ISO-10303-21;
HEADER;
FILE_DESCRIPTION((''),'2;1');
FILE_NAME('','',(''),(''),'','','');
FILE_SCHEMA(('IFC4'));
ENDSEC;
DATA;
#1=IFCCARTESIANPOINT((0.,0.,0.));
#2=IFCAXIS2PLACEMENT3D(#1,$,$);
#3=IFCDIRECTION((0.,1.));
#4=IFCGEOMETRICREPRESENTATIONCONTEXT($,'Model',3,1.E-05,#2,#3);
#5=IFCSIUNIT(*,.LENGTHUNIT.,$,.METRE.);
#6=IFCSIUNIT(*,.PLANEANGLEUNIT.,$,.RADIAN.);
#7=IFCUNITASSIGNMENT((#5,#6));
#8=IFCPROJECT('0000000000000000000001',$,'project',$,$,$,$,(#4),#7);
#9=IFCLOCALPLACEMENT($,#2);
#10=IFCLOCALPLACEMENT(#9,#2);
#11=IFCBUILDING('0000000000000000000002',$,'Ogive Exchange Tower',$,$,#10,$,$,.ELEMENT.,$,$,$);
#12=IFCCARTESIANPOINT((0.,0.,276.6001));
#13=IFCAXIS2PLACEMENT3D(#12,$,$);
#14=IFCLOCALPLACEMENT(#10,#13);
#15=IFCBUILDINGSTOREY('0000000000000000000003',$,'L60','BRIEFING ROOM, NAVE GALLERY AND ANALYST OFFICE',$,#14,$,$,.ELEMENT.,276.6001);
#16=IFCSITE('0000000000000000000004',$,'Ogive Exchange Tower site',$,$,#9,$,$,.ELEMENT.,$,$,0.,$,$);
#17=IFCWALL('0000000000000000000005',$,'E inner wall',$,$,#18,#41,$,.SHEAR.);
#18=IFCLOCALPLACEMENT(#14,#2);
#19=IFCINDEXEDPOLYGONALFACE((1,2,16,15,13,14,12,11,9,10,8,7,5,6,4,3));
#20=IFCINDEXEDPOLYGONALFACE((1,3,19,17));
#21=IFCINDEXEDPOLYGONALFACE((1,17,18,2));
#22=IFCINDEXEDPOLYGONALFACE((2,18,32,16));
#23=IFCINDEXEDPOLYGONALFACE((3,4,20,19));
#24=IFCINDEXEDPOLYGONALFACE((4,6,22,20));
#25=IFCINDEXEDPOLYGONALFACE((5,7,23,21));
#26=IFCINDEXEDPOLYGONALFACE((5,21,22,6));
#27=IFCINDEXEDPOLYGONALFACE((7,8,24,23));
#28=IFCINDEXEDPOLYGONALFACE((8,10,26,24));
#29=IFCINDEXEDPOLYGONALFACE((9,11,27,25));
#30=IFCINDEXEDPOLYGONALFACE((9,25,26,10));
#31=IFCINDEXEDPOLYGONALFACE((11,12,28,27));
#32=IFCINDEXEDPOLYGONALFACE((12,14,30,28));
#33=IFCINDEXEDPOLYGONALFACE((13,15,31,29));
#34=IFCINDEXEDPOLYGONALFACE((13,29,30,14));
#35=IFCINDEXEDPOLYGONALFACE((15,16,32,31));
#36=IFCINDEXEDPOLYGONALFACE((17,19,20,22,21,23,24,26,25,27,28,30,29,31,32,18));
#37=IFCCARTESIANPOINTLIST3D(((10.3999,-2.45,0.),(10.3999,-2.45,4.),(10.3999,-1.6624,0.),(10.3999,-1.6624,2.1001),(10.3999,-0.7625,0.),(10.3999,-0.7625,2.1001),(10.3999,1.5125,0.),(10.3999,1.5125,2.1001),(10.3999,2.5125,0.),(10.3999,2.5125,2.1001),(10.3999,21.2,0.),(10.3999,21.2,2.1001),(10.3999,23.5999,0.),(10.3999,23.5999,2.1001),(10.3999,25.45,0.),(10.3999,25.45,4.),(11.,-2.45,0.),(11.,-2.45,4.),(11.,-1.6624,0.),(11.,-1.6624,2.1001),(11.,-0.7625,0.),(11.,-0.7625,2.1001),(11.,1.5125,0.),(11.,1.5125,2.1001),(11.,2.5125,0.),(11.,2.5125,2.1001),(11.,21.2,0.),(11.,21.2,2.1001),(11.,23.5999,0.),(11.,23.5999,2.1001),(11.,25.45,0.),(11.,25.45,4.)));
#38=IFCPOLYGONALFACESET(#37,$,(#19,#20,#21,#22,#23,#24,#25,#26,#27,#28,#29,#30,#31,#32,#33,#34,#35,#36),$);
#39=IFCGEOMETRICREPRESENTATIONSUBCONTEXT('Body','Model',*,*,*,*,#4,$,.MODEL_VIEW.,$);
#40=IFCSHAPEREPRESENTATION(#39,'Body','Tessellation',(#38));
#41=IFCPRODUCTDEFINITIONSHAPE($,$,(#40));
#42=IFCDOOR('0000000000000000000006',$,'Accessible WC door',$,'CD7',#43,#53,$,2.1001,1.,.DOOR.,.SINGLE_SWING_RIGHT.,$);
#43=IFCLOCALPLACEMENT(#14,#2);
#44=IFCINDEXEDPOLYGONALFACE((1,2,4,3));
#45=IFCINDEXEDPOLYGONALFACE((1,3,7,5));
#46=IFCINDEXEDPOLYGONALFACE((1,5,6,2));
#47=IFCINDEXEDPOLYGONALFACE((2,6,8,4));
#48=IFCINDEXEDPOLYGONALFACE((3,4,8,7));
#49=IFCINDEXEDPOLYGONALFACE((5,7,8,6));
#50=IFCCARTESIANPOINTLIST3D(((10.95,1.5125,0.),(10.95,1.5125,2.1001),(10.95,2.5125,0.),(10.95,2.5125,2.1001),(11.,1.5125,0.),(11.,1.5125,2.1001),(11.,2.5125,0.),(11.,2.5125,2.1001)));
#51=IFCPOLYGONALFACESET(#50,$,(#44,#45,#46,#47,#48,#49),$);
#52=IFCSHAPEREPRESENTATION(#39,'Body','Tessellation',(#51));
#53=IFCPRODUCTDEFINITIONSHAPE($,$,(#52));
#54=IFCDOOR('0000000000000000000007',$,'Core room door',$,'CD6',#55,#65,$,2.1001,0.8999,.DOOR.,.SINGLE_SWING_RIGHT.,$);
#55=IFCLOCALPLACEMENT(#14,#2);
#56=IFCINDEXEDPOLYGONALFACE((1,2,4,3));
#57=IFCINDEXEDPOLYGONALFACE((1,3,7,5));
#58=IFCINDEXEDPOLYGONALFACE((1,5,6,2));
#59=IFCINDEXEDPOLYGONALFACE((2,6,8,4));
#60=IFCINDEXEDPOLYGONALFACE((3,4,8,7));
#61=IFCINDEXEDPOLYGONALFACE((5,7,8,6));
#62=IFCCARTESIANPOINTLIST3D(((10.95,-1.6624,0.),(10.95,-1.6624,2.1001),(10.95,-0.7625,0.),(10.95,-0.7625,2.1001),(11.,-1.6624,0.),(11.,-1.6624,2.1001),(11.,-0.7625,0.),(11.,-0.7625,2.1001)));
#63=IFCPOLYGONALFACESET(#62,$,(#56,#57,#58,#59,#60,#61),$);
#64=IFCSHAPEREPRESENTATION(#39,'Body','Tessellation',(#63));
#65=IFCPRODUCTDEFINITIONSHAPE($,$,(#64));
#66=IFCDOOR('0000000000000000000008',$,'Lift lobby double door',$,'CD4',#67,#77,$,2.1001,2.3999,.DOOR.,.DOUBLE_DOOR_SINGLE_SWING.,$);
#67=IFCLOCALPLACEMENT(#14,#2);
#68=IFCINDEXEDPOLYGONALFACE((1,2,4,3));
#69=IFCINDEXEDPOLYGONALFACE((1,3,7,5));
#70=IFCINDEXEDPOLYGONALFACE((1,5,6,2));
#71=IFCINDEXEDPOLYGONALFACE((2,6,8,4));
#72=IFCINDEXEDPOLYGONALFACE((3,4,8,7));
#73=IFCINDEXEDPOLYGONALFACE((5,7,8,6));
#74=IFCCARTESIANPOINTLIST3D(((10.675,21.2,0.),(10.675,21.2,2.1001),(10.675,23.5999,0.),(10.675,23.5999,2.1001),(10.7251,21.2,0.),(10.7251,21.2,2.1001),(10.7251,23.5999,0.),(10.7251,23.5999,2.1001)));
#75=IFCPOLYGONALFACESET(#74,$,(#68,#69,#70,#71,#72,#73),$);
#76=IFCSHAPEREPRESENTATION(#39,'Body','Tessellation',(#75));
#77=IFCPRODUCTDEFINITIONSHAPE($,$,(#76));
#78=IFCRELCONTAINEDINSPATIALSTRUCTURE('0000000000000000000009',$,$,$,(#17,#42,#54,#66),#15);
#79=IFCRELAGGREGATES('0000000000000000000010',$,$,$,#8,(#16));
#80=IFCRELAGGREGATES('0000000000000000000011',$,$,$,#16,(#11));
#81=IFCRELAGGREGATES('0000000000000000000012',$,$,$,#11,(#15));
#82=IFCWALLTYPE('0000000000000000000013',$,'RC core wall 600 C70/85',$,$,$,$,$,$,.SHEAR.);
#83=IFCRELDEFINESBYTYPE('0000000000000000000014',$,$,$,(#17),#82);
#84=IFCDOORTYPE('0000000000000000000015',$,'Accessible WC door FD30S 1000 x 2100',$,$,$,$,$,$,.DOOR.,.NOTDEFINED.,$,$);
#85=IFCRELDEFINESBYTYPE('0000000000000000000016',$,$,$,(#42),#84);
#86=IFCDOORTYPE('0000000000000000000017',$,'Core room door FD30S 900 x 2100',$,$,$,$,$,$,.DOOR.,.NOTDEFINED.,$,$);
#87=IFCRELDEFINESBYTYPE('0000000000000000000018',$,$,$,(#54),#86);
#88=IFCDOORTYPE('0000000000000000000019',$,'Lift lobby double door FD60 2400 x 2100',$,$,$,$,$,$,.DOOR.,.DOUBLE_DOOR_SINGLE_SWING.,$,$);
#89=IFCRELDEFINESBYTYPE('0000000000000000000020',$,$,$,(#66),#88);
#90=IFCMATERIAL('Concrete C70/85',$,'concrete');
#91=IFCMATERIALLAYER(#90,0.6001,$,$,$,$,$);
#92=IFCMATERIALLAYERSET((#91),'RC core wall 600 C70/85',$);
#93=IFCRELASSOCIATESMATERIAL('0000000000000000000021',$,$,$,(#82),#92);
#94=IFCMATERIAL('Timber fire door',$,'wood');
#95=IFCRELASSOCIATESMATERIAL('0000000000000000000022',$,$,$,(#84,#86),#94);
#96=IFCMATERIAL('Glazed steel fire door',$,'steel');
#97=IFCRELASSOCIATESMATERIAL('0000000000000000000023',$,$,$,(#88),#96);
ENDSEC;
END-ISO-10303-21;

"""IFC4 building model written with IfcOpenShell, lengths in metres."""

from ifc_helpers import new_model, si_unit, direction, frame, frame_2d, origin, place, context, subcontext, project, spatial, rectangle, extrude, material, layer, layer_set, type_object, element, fill, save


model = new_model("IFC4")

# Units and contexts
model_context = context("Model", 3, precision=1e-05, world=origin(), true_north=direction((0.0, 1.0)))
body_context = subcontext(model_context, "Body", "Model", "MODEL_VIEW")
ifc_project = project(units=[si_unit("LENGTHUNIT", "METRE"), si_unit("PLANEANGLEUNIT", "RADIAN")], contexts=[model_context])

# Site, building, storey
site_placement = place(None, origin())
site = spatial("IfcSite", under=ifc_project, at=site_placement, Name="Ogive Exchange Tower site", CompositionType="ELEMENT", RefElevation=0.0)
building_placement = place(site_placement, origin())
building = spatial("IfcBuilding", under=site, at=building_placement, Name="Ogive Exchange Tower", CompositionType="ELEMENT")
storey_placement = place(building_placement, frame((0.0, 0.0, 276.6001)))
storey = spatial("IfcBuildingStorey", under=building, at=storey_placement, Name="L60", Description="BRIEFING ROOM, NAVE GALLERY AND ANALYST OFFICE", CompositionType="ELEMENT", Elevation=276.6001)

# Shared definitions
ifc_material_1 = material(Name="Concrete C70/85", Category="concrete")

# Wall, openings, doors
ifc_layer_1 = layer(ifc_material_1, 0.6001)
ifc_layer_set_1 = layer_set([ifc_layer_1], Name="RC core wall 600 C70/85")
wall_type_1 = type_object("IfcWallType", Name="RC core wall 600 C70/85", PredefinedType="SHEAR", material=ifc_layer_set_1)
wall_1_placement = place(storey_placement, frame((10.7, -2.45, 0.0), z_axis=(0.0, 0.0, 1.0), x_axis=(0.0, 1.0, 0.0)))
wall_1 = element("IfcWall", 1, at=wall_1_placement, inside=storey, type_object=wall_type_1, Name="E inner wall", PredefinedType="SHEAR", context=body_context, shape_type="SweptSolid", body=[
    extrude(rectangle(XDim=27.8999, YDim=0.6001, at=frame_2d((13.95, 0.0))), origin(), (0.0, 0.0, 1.0), 4.0),
])
opening_1_placement = place(wall_1_placement, frame((23.6499, 0.0, 0.0)))
opening_1 = element("IfcOpeningElement", 2, at=opening_1_placement, cuts=wall_1, PredefinedType="OPENING", context=body_context, shape_type="SweptSolid", body=[
    extrude(rectangle(XDim=2.3999, YDim=2.1001, at=frame_2d((1.2, 1.05))), frame((0.0, 0.3101, 0.0), z_axis=(0.0, -1.0, 0.0), x_axis=(1.0, 0.0, 0.0)), (0.0, 0.0, 1.0), 0.6201),
])
opening_2_placement = place(wall_1_placement, frame((0.7876, 0.0, 0.0)))
opening_2 = element("IfcOpeningElement", 3, at=opening_2_placement, cuts=wall_1, PredefinedType="OPENING", context=body_context, shape_type="SweptSolid", body=[
    extrude(rectangle(XDim=0.8999, YDim=2.1001, at=frame_2d((0.45, 1.05))), frame((0.0, 0.3101, 0.0), z_axis=(0.0, -1.0, 0.0), x_axis=(1.0, 0.0, 0.0)), (0.0, 0.0, 1.0), 0.6201),
])
opening_3_placement = place(wall_1_placement, frame((3.9624, 0.0, 0.0)))
opening_3 = element("IfcOpeningElement", 4, at=opening_3_placement, cuts=wall_1, PredefinedType="OPENING", context=body_context, shape_type="SweptSolid", body=[
    extrude(rectangle(XDim=1.0, YDim=2.1001, at=frame_2d((0.5, 1.05))), frame((0.0, 0.3101, 0.0), z_axis=(0.0, -1.0, 0.0), x_axis=(1.0, 0.0, 0.0)), (0.0, 0.0, 1.0), 0.6201),
])
ifc_material_2 = material(Name="Timber fire door", Category="wood")
door_type_1 = type_object("IfcDoorType", Name="Accessible WC door FD30S 1000 x 2100", OperationType="NOTDEFINED", PredefinedType="DOOR", material=ifc_material_2)
door_1_placement = place(opening_3_placement, origin())
door_1 = element("IfcDoor", 5, at=door_1_placement, inside=storey, type_object=door_type_1, Name="Accessible WC door", ObjectType="CD7", OperationType="SINGLE_SWING_RIGHT", OverallHeight=2.1001, OverallWidth=1.0, PredefinedType="DOOR", context=body_context, shape_type="SweptSolid", body=[
    extrude(rectangle(XDim=1.0, YDim=2.1001, at=frame_2d((0.5, 1.05))), frame((0.0, -0.25, 0.0), z_axis=(0.0, -1.0, 0.0), x_axis=(1.0, 0.0, 0.0)), (0.0, 0.0, 1.0), 0.05),
])
fill(opening_3, door_1)
door_type_2 = type_object("IfcDoorType", Name="Core room door FD30S 900 x 2100", OperationType="NOTDEFINED", PredefinedType="DOOR", material=ifc_material_2)
door_2_placement = place(opening_2_placement, origin())
door_2 = element("IfcDoor", 6, at=door_2_placement, inside=storey, type_object=door_type_2, Name="Core room door", ObjectType="CD6", OperationType="SINGLE_SWING_RIGHT", OverallHeight=2.1001, OverallWidth=0.8999, PredefinedType="DOOR", context=body_context, shape_type="SweptSolid", body=[
    extrude(rectangle(XDim=0.8999, YDim=2.1001, at=frame_2d((0.45, 1.05))), frame((0.0, -0.25, 0.0), z_axis=(0.0, -1.0, 0.0), x_axis=(1.0, 0.0, 0.0)), (0.0, 0.0, 1.0), 0.05),
])
fill(opening_2, door_2)
ifc_material_3 = material(Name="Glazed steel fire door", Category="steel")
door_type_3 = type_object("IfcDoorType", Name="Lift lobby double door FD60 2400 x 2100", OperationType="DOUBLE_DOOR_SINGLE_SWING", PredefinedType="DOOR", material=ifc_material_3)
door_3_placement = place(opening_1_placement, origin())
door_3 = element("IfcDoor", 7, at=door_3_placement, inside=storey, type_object=door_type_3, Name="Lift lobby double door", ObjectType="CD4", OperationType="DOUBLE_DOOR_SINGLE_SWING", OverallHeight=2.1001, OverallWidth=2.3999, PredefinedType="DOOR", context=body_context, shape_type="SweptSolid", body=[
    extrude(rectangle(XDim=2.3999, YDim=2.1001, at=frame_2d((1.2, 1.05))), frame((0.0, 0.0249, 0.0), z_axis=(0.0, -1.0, 0.0), x_axis=(1.0, 0.0, 0.0)), (0.0, 0.0, 1.0), 0.05),
])
fill(opening_1, door_3)

save(model, "model.ifc")
